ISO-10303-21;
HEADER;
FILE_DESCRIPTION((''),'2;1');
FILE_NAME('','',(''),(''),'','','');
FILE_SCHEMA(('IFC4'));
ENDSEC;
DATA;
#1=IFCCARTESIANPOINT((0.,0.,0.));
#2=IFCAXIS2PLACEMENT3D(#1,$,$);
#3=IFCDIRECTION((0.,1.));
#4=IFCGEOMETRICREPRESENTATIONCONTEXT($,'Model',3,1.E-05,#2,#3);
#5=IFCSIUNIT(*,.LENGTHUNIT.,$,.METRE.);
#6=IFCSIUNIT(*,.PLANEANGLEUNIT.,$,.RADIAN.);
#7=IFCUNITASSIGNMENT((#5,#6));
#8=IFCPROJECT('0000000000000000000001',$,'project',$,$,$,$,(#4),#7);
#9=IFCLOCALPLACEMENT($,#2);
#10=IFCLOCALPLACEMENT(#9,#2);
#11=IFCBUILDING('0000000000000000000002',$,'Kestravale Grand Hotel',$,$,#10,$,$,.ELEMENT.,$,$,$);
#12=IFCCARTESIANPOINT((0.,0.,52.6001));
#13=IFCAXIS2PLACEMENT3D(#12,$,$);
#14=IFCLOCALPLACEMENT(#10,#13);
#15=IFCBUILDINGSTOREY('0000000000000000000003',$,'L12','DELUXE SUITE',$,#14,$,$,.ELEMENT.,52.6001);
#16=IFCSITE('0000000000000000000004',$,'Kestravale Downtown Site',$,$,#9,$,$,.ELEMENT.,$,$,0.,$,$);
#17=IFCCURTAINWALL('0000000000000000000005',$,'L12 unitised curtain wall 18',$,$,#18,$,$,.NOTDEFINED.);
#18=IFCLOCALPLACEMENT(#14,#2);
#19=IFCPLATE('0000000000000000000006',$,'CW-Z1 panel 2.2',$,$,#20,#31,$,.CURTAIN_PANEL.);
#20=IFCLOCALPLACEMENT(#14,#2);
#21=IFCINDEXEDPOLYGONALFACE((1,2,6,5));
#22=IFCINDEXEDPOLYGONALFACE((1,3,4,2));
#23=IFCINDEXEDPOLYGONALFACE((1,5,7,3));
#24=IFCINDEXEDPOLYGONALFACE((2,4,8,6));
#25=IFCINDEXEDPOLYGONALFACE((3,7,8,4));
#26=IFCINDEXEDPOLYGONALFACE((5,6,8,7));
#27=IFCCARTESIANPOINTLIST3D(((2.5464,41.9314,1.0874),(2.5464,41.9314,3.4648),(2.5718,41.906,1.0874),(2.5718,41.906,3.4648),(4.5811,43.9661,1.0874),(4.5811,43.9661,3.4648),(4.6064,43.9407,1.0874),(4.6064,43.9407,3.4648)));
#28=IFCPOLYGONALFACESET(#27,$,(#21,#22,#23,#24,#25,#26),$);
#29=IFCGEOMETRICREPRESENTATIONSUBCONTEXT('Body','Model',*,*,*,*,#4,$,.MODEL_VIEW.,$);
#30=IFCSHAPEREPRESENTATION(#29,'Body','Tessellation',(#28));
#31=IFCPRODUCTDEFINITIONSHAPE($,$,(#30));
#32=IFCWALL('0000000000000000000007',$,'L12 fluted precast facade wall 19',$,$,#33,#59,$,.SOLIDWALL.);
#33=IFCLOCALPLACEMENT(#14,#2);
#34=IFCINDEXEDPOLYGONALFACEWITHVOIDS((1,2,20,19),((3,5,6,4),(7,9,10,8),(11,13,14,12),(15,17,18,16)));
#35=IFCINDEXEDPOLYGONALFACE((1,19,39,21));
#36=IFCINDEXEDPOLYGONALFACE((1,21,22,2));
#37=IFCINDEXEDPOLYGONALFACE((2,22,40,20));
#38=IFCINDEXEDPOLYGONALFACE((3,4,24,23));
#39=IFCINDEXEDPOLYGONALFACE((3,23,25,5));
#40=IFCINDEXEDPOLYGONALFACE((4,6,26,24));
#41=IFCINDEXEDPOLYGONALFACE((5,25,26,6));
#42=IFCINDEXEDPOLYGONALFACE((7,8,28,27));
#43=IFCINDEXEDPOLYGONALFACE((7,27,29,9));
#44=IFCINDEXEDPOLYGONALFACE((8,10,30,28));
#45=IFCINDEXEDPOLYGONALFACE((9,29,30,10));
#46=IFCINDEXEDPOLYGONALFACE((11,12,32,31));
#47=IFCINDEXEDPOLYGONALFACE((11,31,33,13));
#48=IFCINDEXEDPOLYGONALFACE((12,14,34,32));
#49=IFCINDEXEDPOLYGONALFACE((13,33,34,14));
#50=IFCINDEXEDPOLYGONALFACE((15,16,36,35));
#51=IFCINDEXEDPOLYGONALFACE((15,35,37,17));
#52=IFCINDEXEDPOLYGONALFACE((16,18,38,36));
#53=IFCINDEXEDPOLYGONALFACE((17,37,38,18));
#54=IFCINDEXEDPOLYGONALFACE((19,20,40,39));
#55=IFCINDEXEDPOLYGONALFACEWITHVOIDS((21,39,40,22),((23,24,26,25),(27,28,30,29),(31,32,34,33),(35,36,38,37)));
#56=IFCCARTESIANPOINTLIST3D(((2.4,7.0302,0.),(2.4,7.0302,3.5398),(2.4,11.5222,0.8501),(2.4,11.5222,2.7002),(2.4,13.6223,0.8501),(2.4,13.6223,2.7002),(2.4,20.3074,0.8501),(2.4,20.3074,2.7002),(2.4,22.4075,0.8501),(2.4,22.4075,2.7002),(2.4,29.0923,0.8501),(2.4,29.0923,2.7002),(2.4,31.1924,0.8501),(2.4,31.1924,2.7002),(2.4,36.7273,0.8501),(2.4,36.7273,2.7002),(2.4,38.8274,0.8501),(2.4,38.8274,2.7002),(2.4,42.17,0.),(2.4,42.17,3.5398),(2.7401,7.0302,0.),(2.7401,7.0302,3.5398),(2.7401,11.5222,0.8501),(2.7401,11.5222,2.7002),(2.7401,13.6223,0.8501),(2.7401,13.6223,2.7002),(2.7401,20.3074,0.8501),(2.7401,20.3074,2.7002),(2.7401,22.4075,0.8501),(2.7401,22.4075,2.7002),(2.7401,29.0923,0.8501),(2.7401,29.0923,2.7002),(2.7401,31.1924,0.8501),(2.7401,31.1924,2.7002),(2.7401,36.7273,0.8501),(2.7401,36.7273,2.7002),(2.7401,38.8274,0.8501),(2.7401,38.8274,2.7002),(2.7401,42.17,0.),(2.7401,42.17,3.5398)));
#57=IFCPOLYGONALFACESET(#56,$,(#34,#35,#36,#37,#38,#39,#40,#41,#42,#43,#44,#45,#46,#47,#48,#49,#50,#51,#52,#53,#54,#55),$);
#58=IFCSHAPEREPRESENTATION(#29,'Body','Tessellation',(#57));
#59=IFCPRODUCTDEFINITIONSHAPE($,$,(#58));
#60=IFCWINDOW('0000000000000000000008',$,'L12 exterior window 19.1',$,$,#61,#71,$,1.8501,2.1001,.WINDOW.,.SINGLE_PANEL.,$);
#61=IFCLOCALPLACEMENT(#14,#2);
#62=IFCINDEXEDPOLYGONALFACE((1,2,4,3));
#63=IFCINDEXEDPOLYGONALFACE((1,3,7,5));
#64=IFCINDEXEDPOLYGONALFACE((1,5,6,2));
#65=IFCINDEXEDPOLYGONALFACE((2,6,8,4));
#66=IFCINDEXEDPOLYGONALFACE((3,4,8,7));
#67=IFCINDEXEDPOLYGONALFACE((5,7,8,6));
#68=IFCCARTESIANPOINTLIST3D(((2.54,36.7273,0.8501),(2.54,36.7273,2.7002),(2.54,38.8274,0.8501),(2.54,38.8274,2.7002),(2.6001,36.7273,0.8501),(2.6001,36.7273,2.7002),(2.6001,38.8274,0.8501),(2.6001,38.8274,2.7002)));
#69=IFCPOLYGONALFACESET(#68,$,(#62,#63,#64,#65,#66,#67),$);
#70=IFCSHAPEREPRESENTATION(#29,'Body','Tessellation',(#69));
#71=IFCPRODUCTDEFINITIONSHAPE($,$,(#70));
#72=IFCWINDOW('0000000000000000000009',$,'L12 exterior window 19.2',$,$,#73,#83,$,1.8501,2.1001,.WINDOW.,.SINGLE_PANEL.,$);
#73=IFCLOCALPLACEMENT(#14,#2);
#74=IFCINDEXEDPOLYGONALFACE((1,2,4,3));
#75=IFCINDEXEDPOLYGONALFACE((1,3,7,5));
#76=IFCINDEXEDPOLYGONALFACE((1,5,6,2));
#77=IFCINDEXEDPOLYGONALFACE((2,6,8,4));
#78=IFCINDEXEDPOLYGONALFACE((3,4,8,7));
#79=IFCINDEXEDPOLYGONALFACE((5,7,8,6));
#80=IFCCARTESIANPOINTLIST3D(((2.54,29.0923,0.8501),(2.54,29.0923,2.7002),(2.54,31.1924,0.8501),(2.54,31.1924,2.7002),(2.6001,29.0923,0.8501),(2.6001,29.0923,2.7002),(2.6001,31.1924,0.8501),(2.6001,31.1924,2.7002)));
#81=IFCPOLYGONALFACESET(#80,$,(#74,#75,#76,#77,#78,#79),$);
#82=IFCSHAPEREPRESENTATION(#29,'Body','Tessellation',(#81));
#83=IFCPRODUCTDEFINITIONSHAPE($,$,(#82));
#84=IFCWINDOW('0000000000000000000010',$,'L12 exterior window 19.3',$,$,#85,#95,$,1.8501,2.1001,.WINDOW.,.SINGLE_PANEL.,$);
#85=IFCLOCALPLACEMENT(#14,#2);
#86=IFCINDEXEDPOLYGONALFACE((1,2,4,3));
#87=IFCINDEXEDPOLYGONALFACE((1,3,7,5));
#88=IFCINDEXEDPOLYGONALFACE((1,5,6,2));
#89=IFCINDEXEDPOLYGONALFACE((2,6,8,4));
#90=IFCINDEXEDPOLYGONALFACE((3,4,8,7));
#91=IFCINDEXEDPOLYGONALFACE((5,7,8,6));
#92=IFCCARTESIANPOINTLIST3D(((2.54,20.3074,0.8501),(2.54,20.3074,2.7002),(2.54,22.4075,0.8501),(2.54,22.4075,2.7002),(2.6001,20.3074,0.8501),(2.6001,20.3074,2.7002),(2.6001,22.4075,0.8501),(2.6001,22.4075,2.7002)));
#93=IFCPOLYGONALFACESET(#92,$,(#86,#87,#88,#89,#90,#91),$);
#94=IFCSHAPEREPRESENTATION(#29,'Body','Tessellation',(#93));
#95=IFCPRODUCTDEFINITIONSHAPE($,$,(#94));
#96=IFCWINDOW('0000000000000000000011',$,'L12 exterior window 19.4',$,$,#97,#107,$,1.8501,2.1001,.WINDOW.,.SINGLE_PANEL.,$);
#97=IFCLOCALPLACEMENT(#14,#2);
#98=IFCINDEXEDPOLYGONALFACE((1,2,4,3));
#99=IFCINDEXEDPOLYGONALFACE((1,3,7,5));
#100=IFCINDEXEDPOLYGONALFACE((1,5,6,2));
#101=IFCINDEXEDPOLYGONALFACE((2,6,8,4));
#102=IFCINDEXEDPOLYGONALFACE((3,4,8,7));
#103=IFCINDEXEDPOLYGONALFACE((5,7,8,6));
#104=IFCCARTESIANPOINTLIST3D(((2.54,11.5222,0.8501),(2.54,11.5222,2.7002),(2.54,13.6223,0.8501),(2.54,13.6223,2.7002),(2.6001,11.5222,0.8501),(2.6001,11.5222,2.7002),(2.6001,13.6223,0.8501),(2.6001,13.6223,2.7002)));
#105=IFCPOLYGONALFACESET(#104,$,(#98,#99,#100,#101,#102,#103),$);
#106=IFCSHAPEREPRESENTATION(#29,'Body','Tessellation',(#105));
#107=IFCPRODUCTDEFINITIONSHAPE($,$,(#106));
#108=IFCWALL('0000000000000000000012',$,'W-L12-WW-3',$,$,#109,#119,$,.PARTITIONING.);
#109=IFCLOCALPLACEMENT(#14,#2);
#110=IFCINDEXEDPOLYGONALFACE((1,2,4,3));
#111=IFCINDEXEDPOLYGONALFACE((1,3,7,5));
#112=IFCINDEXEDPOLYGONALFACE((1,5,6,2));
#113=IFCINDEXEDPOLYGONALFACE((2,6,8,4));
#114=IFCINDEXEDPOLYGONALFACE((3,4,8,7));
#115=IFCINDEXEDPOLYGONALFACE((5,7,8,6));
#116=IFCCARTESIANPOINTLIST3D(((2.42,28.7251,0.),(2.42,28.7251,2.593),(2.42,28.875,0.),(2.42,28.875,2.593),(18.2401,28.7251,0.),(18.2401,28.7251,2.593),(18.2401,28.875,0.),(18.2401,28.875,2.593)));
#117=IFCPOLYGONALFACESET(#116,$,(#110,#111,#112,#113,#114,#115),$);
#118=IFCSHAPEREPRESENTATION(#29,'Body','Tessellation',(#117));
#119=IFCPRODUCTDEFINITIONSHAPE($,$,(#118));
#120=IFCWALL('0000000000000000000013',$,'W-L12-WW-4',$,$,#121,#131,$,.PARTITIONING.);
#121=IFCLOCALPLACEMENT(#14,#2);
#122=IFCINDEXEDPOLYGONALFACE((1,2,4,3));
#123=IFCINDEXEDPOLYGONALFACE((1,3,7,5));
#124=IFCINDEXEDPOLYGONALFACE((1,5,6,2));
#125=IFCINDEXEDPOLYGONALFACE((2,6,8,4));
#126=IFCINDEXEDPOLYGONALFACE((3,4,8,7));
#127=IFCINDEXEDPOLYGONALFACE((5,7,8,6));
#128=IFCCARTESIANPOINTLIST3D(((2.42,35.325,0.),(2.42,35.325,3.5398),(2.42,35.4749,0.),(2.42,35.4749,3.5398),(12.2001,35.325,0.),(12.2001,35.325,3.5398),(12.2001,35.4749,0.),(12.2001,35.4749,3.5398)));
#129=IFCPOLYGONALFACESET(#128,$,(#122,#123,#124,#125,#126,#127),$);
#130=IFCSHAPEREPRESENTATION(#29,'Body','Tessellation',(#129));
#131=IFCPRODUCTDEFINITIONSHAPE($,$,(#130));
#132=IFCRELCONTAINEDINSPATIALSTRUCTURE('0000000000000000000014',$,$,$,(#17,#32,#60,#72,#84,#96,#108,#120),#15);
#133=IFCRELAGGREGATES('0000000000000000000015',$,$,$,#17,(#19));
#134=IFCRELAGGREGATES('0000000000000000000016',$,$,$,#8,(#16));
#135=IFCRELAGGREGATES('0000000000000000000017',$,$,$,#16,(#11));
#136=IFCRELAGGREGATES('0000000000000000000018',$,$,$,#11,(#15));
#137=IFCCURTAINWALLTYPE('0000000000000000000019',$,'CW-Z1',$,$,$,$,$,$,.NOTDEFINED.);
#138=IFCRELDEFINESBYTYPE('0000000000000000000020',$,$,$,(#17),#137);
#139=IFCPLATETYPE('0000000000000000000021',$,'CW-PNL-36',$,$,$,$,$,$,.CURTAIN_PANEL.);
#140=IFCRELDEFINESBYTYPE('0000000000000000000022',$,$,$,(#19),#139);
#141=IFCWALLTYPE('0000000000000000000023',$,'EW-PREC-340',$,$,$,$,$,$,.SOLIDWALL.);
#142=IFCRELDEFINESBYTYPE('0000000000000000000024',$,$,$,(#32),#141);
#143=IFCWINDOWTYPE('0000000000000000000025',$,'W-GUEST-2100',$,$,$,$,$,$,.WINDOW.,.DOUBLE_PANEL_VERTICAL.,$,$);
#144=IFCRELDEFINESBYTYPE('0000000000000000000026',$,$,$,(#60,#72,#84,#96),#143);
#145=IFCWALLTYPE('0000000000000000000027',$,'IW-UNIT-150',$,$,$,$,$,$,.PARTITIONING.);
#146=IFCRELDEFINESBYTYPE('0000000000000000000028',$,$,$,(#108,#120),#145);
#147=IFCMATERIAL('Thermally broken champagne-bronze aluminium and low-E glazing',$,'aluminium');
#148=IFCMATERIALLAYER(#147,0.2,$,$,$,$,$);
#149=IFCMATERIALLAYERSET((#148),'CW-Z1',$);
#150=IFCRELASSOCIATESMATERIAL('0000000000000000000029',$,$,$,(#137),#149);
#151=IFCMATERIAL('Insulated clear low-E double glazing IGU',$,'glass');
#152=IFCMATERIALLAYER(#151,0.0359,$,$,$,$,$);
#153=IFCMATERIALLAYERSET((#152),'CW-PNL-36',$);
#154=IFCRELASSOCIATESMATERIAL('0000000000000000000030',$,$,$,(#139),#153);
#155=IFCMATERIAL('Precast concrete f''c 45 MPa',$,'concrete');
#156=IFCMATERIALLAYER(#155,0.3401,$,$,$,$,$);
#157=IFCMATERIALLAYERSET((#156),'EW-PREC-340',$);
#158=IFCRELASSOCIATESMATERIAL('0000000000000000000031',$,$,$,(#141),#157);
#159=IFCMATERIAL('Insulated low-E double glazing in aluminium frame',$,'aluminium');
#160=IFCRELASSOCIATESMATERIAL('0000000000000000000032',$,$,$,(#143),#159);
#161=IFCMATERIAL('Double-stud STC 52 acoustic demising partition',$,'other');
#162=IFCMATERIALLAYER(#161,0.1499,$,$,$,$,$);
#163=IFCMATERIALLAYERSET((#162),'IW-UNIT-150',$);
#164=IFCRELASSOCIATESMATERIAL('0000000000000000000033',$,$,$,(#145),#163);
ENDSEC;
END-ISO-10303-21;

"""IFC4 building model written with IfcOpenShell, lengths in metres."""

from ifc_helpers import new_model, si_unit, direction, frame, frame_2d, origin, origin_2d, place, context, subcontext, project, spatial, rectangle, extrude, material, layer, layer_set, type_object, element, fill, aggregate, save


model = new_model("IFC4")

# Units and contexts
model_context = context("Model", 3, precision=1e-05, world=origin(), true_north=direction((0.0, 1.0)))
body_context = subcontext(model_context, "Body", "Model", "MODEL_VIEW")
ifc_project = project(units=[si_unit("LENGTHUNIT", "METRE"), si_unit("PLANEANGLEUNIT", "RADIAN")], contexts=[model_context])

# Site, building, storey
site_placement = place(None, origin())
site = spatial("IfcSite", under=ifc_project, at=site_placement, Name="Kestravale Downtown Site", CompositionType="ELEMENT", RefElevation=0.0)
building_placement = place(site_placement, origin())
building = spatial("IfcBuilding", under=site, at=building_placement, Name="Kestravale Grand Hotel", CompositionType="ELEMENT")
storey_placement = place(building_placement, frame((0.0, 0.0, 52.6001)))
storey = spatial("IfcBuildingStorey", under=building, at=storey_placement, Name="L12", Description="DELUXE SUITE", CompositionType="ELEMENT", Elevation=52.6001)

# Curtain wall, plate
ifc_material_1 = material(Name="Thermally broken champagne-bronze aluminium and low-E glazing", Category="aluminium")
ifc_layer_1 = layer(ifc_material_1, 0.2)
ifc_layer_set_1 = layer_set([ifc_layer_1], Name="CW-Z1")
curtain_wall_type = type_object("IfcCurtainWallType", Name="CW-Z1", PredefinedType="NOTDEFINED", material=ifc_layer_set_1)
curtain_wall_placement = place(storey_placement, origin())
curtain_wall = element("IfcCurtainWall", 1, at=curtain_wall_placement, inside=storey, type_object=curtain_wall_type, Name="L12 unitised curtain wall 18", PredefinedType="NOTDEFINED")
ifc_material_2 = material(Name="Insulated clear low-E double glazing IGU", Category="glass")
ifc_layer_2 = layer(ifc_material_2, 0.0359)
ifc_layer_set_2 = layer_set([ifc_layer_2], Name="CW-PNL-36")
plate_type = type_object("IfcPlateType", Name="CW-PNL-36", PredefinedType="CURTAIN_PANEL", material=ifc_layer_set_2)
plate_1_placement = place(storey_placement, frame((3.5764, 42.936, 1.0874), z_axis=(0.0, 0.0, 1.0), x_axis=(-0.707107, -0.707107, 0.0)))
plate_1 = element("IfcPlate", 2, at=plate_1_placement, type_object=plate_type, Name="CW-Z1 panel 2.2", PredefinedType="CURTAIN_PANEL", context=body_context, shape_type="SweptSolid", body=[
    extrude(rectangle(XDim=2.8774, YDim=0.0359, at=origin_2d()), origin(), (0.0, 0.0, 1.0), 2.3774),
])
aggregate(curtain_wall, [plate_1])

# Wall, openings, windows
ifc_material_3 = material(Name="Precast concrete f'c 45 MPa", Category="concrete")
ifc_layer_3 = layer(ifc_material_3, 0.3401)
ifc_layer_set_3 = layer_set([ifc_layer_3], Name="EW-PREC-340")
wall_type_1 = type_object("IfcWallType", Name="EW-PREC-340", PredefinedType="SOLIDWALL", material=ifc_layer_set_3)
wall_1_placement = place(storey_placement, frame((2.5701, 42.1699, 0.0), z_axis=(0.0, 0.0, 1.0), x_axis=(0.0, -1.0, 0.0)))
wall_1 = element("IfcWall", 3, at=wall_1_placement, inside=storey, type_object=wall_type_1, Name="L12 fluted precast facade wall 19", PredefinedType="SOLIDWALL", context=body_context, shape_type="SweptSolid", body=[
    extrude(rectangle(XDim=35.1399, YDim=0.3401, at=frame_2d((17.5698, 0.0))), origin(), (0.0, 0.0, 1.0), 3.5398),
])
opening_1_placement = place(wall_1_placement, frame((3.3425, 0.0, 0.8501)))
opening_1 = element("IfcOpeningElement", 4, at=opening_1_placement, cuts=wall_1, PredefinedType="OPENING", context=body_context, shape_type="SweptSolid", body=[
    extrude(rectangle(XDim=2.1001, YDim=1.8501, at=frame_2d((1.05, 0.925))), frame((0.0, 0.1799, 0.0), z_axis=(0.0, -1.0, 0.0), x_axis=(1.0, 0.0, 0.0)), (0.0, 0.0, 1.0), 0.3601),
])
opening_2_placement = place(wall_1_placement, frame((10.9775, 0.0, 0.8501)))
opening_2 = element("IfcOpeningElement", 5, at=opening_2_placement, cuts=wall_1, PredefinedType="OPENING", context=body_context, shape_type="SweptSolid", body=[
    extrude(rectangle(XDim=2.1001, YDim=1.8501, at=frame_2d((1.05, 0.925))), frame((0.0, 0.1799, 0.0), z_axis=(0.0, -1.0, 0.0), x_axis=(1.0, 0.0, 0.0)), (0.0, 0.0, 1.0), 0.3601),
])
opening_3_placement = place(wall_1_placement, frame((19.7625, 0.0, 0.8501)))
opening_3 = element("IfcOpeningElement", 6, at=opening_3_placement, cuts=wall_1, PredefinedType="OPENING", context=body_context, shape_type="SweptSolid", body=[
    extrude(rectangle(XDim=2.1001, YDim=1.8501, at=frame_2d((1.05, 0.925))), frame((0.0, 0.1799, 0.0), z_axis=(0.0, -1.0, 0.0), x_axis=(1.0, 0.0, 0.0)), (0.0, 0.0, 1.0), 0.3601),
])
opening_4_placement = place(wall_1_placement, frame((28.5476, 0.0, 0.8501)))
opening_4 = element("IfcOpeningElement", 7, at=opening_4_placement, cuts=wall_1, PredefinedType="OPENING", context=body_context, shape_type="SweptSolid", body=[
    extrude(rectangle(XDim=2.1001, YDim=1.8501, at=frame_2d((1.05, 0.925))), frame((0.0, 0.1799, 0.0), z_axis=(0.0, -1.0, 0.0), x_axis=(1.0, 0.0, 0.0)), (0.0, 0.0, 1.0), 0.3601),
])
ifc_material_4 = material(Name="Insulated low-E double glazing in aluminium frame", Category="aluminium")
window_type = type_object("IfcWindowType", Name="W-GUEST-2100", PartitioningType="DOUBLE_PANEL_VERTICAL", PredefinedType="WINDOW", material=ifc_material_4)
window_1_placement = place(opening_1_placement, origin())
window_1 = element("IfcWindow", 8, at=window_1_placement, inside=storey, type_object=window_type, Name="L12 exterior window 19.1", OverallHeight=1.8501, OverallWidth=2.1001, PartitioningType="SINGLE_PANEL", PredefinedType="WINDOW", context=body_context, shape_type="SweptSolid", body=[
    extrude(rectangle(XDim=2.1001, YDim=1.8501, at=frame_2d((1.05, 0.925))), frame((0.0, 0.03, 0.0), z_axis=(0.0, -1.0, 0.0), x_axis=(1.0, 0.0, 0.0)), (0.0, 0.0, 1.0), 0.0601),
])
fill(opening_1, window_1)
window_2_placement = place(opening_2_placement, origin())
window_2 = element("IfcWindow", 9, at=window_2_placement, inside=storey, type_object=window_type, Name="L12 exterior window 19.2", OverallHeight=1.8501, OverallWidth=2.1001, PartitioningType="SINGLE_PANEL", PredefinedType="WINDOW", context=body_context, shape_type="SweptSolid", body=[
    extrude(rectangle(XDim=2.1001, YDim=1.8501, at=frame_2d((1.05, 0.925))), frame((0.0, 0.03, 0.0), z_axis=(0.0, -1.0, 0.0), x_axis=(1.0, 0.0, 0.0)), (0.0, 0.0, 1.0), 0.0601),
])
fill(opening_2, window_2)
window_3_placement = place(opening_3_placement, origin())
window_3 = element("IfcWindow", 10, at=window_3_placement, inside=storey, type_object=window_type, Name="L12 exterior window 19.3", OverallHeight=1.8501, OverallWidth=2.1001, PartitioningType="SINGLE_PANEL", PredefinedType="WINDOW", context=body_context, shape_type="SweptSolid", body=[
    extrude(rectangle(XDim=2.1001, YDim=1.8501, at=frame_2d((1.05, 0.925))), frame((0.0, 0.03, 0.0), z_axis=(0.0, -1.0, 0.0), x_axis=(1.0, 0.0, 0.0)), (0.0, 0.0, 1.0), 0.0601),
])
fill(opening_3, window_3)
window_4_placement = place(opening_4_placement, origin())
window_4 = element("IfcWindow", 11, at=window_4_placement, inside=storey, type_object=window_type, Name="L12 exterior window 19.4", OverallHeight=1.8501, OverallWidth=2.1001, PartitioningType="SINGLE_PANEL", PredefinedType="WINDOW", context=body_context, shape_type="SweptSolid", body=[
    extrude(rectangle(XDim=2.1001, YDim=1.8501, at=frame_2d((1.05, 0.925))), frame((0.0, 0.03, 0.0), z_axis=(0.0, -1.0, 0.0), x_axis=(1.0, 0.0, 0.0)), (0.0, 0.0, 1.0), 0.0601),
])
fill(opening_4, window_4)

# Walls
ifc_material_5 = material(Name="Double-stud STC 52 acoustic demising partition", Category="other")
ifc_layer_4 = layer(ifc_material_5, 0.1499)
ifc_layer_set_4 = layer_set([ifc_layer_4], Name="IW-UNIT-150")
wall_type_2 = type_object("IfcWallType", Name="IW-UNIT-150", PredefinedType="PARTITIONING", material=ifc_layer_set_4)
wall_2_placement = place(storey_placement, frame((2.4199, 28.8, 0.0), z_axis=(0.0, 0.0, 1.0), x_axis=(1.0, 0.0, 0.0)))
element("IfcWall", 12, at=wall_2_placement, inside=storey, type_object=wall_type_2, Name="W-L12-WW-3", PredefinedType="PARTITIONING", context=body_context, shape_type="SweptSolid", body=[
    extrude(rectangle(XDim=15.8201, YDim=0.1499, at=frame_2d((7.9102, 0.0))), origin(), (0.0, 0.0, 1.0), 2.593),
])
wall_3_placement = place(storey_placement, frame((2.4199, 35.3999, 0.0), z_axis=(0.0, 0.0, 1.0), x_axis=(1.0, 0.0, 0.0)))
element("IfcWall", 13, at=wall_3_placement, inside=storey, type_object=wall_type_2, Name="W-L12-WW-4", PredefinedType="PARTITIONING", context=body_context, shape_type="SweptSolid", body=[
    extrude(rectangle(XDim=9.78, YDim=0.1499, at=frame_2d((4.8901, 0.0))), origin(), (0.0, 0.0, 1.0), 3.5398),
])

save(model, "model.ifc")
